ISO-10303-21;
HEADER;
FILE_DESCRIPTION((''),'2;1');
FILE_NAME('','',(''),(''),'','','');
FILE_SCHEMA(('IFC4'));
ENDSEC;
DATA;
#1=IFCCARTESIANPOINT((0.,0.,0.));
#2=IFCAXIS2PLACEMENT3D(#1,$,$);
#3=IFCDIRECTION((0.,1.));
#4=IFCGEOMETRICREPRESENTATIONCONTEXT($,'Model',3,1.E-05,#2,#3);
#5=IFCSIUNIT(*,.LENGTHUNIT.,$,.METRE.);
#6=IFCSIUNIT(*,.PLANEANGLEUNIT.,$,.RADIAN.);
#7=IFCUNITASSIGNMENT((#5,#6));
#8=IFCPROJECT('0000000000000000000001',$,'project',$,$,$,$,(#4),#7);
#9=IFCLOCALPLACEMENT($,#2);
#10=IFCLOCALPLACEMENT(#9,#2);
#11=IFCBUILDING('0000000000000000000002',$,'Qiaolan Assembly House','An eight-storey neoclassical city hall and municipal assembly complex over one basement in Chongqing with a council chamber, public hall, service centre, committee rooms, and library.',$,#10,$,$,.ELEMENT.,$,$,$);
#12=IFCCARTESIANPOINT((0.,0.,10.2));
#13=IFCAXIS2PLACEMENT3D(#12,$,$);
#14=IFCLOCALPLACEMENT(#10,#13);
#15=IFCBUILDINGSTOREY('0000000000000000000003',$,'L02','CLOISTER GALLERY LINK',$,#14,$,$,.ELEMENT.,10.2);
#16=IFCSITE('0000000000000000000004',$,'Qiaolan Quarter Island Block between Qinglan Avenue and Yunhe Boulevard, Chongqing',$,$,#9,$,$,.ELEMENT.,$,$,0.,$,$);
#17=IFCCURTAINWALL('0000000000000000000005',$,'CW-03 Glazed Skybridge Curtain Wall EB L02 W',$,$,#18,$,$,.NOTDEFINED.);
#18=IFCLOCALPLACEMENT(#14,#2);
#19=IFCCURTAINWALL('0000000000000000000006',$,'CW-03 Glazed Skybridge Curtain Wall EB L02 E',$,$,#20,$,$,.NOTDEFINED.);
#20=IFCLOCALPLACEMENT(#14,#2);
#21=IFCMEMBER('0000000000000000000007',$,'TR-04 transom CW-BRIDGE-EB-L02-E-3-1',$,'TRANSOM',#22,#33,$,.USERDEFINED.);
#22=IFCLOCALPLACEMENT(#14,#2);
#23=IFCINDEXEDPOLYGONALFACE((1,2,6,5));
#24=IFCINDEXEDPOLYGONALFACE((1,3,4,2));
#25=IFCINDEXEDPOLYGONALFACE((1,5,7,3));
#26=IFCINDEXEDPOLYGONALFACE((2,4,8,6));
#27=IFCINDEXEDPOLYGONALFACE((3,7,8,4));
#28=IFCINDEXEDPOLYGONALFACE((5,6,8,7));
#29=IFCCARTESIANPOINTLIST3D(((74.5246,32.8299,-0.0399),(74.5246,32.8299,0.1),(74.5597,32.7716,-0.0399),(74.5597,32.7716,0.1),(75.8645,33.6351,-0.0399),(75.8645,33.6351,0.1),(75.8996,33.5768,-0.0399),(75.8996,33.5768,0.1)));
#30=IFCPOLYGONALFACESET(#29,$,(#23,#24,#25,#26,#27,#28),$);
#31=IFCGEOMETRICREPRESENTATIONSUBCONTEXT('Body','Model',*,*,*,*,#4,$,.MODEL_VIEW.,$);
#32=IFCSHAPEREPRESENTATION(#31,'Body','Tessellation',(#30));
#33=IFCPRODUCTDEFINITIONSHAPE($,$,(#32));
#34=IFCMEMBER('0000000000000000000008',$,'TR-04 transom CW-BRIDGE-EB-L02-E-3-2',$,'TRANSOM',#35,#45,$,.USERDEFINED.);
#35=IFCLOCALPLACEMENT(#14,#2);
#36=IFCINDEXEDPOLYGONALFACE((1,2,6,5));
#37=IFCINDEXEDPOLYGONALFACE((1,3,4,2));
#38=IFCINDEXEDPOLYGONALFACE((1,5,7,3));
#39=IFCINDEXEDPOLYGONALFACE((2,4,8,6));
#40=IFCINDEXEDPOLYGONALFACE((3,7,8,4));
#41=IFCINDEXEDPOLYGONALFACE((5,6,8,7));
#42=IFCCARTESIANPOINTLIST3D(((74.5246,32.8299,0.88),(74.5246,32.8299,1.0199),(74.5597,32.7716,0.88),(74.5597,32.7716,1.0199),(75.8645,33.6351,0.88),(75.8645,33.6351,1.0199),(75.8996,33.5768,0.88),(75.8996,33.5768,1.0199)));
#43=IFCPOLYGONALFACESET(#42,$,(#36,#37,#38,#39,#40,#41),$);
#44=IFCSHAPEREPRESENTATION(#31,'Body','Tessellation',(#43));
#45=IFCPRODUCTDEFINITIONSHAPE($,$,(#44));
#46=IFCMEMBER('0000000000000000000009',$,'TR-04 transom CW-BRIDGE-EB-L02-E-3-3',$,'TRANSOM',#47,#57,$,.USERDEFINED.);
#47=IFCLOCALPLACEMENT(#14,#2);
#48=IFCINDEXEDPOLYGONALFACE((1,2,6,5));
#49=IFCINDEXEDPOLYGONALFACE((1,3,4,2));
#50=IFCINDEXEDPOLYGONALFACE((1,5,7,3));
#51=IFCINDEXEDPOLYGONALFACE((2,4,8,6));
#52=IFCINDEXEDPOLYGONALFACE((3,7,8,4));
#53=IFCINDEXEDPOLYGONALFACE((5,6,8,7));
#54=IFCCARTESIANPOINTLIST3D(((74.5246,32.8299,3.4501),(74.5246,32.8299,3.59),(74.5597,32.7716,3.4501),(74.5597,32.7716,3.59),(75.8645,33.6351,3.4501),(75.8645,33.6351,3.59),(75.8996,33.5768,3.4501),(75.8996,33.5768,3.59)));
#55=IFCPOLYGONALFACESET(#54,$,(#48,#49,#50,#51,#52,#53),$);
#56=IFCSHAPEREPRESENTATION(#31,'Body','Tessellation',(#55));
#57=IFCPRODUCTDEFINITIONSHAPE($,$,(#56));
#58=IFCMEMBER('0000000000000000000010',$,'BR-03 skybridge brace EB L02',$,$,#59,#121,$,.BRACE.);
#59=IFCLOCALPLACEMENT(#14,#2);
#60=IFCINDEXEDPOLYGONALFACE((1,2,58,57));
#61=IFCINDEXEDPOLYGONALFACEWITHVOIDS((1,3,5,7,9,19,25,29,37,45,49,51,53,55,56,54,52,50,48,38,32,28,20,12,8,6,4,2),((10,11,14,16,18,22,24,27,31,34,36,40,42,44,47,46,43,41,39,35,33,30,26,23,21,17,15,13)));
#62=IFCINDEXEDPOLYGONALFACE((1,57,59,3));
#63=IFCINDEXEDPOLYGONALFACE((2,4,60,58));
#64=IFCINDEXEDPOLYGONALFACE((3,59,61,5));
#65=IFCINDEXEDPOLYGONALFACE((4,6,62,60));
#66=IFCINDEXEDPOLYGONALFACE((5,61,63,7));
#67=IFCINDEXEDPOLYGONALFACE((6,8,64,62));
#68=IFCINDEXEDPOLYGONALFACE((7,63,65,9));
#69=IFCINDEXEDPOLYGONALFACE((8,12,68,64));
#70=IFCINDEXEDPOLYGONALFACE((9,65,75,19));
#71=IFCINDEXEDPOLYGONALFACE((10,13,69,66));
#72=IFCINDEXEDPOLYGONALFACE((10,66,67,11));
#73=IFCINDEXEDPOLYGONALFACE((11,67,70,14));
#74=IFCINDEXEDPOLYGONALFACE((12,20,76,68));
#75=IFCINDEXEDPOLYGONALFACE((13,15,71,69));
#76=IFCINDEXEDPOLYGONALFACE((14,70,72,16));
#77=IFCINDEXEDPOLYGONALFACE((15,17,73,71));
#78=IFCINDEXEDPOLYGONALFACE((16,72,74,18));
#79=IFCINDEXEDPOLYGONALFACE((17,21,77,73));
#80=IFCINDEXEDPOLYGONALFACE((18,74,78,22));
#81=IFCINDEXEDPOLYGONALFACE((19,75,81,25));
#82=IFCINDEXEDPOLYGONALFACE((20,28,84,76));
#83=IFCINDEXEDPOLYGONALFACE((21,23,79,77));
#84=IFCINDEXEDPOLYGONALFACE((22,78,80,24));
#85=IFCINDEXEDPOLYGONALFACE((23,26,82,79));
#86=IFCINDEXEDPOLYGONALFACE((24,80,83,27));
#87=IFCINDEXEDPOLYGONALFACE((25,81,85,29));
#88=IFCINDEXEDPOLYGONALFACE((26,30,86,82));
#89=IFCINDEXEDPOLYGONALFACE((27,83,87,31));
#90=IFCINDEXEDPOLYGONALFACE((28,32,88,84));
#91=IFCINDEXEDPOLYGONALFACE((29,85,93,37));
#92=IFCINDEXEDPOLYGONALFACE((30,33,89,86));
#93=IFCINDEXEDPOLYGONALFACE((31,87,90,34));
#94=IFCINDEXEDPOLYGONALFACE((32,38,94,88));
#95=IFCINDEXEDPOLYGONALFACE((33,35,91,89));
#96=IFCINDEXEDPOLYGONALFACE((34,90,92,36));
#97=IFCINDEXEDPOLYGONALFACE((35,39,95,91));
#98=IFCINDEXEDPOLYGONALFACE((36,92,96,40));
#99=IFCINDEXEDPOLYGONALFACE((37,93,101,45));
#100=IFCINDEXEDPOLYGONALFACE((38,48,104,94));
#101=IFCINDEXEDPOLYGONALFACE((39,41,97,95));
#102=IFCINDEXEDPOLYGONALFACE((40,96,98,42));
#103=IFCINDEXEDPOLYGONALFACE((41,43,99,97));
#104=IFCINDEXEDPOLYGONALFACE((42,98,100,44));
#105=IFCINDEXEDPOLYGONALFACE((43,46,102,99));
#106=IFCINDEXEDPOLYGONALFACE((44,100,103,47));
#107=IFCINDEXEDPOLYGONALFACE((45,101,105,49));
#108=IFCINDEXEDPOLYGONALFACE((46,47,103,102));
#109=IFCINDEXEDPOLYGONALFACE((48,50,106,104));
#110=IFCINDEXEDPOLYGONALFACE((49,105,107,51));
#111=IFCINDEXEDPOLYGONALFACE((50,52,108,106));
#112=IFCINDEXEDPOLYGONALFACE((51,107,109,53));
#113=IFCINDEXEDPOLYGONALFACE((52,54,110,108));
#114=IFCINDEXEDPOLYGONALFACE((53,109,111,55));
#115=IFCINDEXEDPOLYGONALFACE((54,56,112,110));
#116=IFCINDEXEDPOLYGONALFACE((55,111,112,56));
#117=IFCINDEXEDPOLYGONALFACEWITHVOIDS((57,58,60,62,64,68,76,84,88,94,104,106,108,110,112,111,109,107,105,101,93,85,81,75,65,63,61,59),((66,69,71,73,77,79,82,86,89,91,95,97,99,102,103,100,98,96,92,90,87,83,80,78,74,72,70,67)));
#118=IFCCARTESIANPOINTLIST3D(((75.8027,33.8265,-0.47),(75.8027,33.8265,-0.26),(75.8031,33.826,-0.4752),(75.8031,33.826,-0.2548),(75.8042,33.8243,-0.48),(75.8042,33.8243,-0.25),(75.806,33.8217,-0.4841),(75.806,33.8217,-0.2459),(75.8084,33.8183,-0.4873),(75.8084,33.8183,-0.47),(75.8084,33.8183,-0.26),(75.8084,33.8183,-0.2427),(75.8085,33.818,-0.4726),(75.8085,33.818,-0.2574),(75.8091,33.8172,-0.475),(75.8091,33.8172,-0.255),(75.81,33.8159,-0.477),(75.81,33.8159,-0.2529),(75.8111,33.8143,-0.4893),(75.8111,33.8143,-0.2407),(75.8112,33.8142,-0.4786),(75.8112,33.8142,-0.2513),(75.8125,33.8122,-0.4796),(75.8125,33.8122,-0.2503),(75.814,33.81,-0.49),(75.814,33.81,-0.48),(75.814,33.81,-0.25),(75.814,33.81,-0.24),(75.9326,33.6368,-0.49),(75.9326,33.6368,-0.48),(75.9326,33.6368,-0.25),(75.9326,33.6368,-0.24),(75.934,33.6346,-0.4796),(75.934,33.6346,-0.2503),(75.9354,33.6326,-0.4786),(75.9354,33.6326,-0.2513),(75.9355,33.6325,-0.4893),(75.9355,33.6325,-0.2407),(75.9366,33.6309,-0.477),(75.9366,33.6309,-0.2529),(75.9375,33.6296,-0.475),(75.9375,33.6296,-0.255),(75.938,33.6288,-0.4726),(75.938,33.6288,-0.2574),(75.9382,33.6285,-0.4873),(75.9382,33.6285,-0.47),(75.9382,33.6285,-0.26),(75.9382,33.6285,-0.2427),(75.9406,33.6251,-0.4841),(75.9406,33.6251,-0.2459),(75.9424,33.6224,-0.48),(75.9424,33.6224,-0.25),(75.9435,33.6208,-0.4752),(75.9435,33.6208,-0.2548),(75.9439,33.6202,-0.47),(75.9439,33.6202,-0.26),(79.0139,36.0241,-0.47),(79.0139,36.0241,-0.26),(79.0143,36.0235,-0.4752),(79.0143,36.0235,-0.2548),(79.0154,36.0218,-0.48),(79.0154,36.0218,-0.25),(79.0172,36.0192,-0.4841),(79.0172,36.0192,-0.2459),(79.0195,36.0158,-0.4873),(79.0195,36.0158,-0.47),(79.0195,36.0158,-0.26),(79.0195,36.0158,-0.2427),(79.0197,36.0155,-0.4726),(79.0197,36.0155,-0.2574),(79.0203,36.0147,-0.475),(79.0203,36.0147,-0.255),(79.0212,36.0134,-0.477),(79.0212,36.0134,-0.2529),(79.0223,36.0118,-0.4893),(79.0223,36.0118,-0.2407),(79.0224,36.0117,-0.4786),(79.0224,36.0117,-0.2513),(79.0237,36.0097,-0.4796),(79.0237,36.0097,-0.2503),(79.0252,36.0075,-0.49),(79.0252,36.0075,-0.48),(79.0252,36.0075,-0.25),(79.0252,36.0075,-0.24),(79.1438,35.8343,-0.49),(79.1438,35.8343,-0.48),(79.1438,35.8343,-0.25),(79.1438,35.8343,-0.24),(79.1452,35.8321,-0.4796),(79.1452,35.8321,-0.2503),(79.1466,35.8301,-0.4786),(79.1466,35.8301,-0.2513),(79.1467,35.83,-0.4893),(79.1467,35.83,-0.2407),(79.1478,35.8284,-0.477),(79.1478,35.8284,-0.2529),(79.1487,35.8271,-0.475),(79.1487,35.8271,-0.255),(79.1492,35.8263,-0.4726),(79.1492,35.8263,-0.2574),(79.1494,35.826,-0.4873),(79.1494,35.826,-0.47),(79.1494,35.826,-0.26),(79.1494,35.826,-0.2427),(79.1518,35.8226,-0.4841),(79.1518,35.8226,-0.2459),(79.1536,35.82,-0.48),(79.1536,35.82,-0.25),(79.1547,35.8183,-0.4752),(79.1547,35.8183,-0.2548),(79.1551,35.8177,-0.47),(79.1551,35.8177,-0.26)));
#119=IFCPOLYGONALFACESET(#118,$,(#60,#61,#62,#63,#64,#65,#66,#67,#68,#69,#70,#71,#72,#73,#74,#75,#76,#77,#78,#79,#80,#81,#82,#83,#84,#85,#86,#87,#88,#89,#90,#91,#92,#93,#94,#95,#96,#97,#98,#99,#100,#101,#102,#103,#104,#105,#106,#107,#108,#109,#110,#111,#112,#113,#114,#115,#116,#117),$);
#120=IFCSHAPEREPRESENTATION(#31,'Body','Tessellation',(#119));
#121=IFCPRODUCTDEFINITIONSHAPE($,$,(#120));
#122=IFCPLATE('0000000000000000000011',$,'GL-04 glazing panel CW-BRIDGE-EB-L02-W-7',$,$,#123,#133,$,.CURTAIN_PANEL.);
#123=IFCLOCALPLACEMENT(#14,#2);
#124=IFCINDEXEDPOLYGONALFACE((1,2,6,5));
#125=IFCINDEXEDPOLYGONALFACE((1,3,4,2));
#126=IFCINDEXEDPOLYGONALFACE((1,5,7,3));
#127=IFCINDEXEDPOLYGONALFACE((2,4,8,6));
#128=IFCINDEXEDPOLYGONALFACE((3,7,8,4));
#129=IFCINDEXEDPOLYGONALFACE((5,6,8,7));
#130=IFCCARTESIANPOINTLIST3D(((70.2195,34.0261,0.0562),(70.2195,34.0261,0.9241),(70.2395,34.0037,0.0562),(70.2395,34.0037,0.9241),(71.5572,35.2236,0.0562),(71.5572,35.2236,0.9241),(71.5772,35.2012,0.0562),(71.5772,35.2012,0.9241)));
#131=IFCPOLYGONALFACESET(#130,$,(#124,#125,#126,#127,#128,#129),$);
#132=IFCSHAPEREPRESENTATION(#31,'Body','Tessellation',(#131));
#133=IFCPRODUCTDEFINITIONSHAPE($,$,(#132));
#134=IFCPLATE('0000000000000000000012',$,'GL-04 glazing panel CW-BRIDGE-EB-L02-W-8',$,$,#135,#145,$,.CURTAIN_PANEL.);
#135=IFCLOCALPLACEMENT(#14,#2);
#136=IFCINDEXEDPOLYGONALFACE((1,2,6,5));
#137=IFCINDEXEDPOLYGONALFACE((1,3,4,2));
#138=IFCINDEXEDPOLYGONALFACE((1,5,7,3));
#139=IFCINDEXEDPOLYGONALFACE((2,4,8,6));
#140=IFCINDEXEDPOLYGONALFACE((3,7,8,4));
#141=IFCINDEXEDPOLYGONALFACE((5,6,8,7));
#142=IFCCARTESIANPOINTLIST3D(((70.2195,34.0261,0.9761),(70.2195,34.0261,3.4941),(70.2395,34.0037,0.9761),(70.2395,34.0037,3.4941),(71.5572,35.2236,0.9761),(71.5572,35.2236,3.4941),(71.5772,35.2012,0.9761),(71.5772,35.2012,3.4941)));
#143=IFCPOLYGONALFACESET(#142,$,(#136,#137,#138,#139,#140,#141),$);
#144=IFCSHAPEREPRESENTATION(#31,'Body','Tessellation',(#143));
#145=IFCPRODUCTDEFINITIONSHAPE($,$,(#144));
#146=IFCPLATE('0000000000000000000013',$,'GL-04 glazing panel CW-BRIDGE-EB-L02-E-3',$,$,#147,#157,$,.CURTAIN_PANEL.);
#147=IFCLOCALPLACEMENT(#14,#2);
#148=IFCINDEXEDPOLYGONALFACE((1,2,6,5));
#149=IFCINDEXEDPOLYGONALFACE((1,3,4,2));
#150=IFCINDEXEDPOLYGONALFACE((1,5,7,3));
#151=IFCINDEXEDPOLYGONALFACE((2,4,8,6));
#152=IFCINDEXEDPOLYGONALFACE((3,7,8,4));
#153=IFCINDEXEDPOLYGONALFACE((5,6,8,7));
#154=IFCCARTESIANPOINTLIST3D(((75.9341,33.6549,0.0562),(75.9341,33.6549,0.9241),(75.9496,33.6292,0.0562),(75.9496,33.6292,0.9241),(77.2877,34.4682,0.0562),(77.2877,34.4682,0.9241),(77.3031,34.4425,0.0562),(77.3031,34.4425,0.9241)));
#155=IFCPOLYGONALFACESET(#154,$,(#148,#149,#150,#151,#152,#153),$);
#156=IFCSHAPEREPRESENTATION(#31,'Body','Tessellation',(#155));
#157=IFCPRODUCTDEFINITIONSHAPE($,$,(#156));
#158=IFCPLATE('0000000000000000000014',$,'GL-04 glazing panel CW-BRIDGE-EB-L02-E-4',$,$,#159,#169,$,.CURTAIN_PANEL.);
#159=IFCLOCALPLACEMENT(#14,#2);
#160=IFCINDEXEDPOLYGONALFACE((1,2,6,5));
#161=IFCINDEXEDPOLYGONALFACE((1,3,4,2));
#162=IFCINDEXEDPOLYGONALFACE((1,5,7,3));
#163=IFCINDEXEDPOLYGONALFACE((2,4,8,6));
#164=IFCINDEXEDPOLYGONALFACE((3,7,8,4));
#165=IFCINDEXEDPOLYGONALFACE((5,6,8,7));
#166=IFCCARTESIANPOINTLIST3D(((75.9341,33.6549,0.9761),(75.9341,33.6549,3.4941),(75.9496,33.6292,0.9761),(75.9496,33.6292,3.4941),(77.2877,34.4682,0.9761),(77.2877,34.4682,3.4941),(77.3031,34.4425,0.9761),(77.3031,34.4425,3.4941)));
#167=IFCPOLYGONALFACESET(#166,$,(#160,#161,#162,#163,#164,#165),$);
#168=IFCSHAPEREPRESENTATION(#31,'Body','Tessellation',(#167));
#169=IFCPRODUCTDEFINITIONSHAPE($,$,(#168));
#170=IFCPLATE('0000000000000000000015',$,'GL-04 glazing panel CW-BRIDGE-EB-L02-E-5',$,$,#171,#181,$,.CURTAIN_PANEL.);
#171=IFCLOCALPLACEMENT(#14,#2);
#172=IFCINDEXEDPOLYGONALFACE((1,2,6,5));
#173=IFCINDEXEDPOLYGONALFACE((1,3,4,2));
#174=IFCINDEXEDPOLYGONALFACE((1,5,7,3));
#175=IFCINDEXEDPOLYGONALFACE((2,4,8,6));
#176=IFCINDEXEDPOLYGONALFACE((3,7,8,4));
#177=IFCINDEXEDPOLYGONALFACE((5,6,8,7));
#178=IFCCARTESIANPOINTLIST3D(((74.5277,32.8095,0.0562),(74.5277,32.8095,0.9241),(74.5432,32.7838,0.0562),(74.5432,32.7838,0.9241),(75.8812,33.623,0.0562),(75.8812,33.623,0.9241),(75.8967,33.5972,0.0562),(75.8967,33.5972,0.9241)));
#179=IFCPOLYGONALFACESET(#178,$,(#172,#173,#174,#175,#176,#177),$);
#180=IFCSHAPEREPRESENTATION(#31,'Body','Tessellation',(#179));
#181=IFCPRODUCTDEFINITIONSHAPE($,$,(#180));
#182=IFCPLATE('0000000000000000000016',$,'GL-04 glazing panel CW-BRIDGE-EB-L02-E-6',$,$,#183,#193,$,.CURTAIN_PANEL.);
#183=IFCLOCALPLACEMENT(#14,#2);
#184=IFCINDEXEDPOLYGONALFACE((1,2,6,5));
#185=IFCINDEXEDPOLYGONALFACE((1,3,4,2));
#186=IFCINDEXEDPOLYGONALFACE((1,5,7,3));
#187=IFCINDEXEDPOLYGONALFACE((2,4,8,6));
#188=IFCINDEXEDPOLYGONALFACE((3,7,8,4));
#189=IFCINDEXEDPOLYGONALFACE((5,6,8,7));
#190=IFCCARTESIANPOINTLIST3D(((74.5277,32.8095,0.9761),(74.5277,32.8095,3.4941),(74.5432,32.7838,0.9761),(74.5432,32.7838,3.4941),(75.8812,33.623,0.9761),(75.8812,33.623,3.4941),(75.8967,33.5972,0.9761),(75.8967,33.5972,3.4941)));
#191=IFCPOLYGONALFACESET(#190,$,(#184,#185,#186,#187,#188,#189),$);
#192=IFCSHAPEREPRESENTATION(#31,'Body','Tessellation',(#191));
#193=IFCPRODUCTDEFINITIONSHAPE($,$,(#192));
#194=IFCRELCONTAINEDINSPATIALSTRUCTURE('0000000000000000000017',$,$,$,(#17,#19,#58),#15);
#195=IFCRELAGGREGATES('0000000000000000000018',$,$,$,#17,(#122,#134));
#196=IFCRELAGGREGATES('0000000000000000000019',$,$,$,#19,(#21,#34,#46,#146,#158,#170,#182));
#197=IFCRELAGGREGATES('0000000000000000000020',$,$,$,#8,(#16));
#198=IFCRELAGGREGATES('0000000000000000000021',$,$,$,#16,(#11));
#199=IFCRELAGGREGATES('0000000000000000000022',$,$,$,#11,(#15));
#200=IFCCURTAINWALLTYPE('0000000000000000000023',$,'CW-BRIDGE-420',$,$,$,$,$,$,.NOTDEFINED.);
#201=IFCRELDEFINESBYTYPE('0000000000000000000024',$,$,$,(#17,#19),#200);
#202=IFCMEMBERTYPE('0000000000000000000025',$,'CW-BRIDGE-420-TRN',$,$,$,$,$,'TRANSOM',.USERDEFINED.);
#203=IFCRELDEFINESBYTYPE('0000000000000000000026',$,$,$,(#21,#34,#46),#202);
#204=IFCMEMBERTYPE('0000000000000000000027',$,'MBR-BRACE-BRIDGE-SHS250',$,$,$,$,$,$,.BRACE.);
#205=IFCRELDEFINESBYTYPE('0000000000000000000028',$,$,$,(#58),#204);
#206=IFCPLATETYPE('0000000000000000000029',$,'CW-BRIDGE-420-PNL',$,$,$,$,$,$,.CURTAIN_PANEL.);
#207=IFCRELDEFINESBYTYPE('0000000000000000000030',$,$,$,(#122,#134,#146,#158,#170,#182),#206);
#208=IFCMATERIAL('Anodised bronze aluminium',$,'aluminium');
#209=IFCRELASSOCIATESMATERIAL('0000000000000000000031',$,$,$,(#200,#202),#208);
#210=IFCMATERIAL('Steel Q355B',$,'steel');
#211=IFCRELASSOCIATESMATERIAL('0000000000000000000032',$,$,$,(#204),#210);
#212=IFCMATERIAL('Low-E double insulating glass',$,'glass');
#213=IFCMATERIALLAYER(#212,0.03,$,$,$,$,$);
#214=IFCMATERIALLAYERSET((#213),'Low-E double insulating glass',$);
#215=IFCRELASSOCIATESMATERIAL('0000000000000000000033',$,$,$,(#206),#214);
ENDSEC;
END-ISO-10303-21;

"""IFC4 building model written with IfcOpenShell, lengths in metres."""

from ifc_helpers import new_model, si_unit, direction, frame, frame_2d, origin, origin_2d, place, context, subcontext, project, spatial, rectangle, hollow_rectangle, extrude, material, layer, layer_set, material_profile, profile_set, type_object, element, aggregate, save


model = new_model("IFC4")

# Units and contexts
model_context = context("Model", 3, precision=1e-05, world=origin(), true_north=direction((0.0, 1.0)))
body_context = subcontext(model_context, "Body", "Model", "MODEL_VIEW")
ifc_project = project(units=[si_unit("LENGTHUNIT", "METRE"), si_unit("PLANEANGLEUNIT", "RADIAN")], contexts=[model_context])

# Site, building, storey
site_placement = place(None, origin())
site = spatial("IfcSite", under=ifc_project, at=site_placement, Name="Qiaolan Quarter Island Block between Qinglan Avenue and Yunhe Boulevard, Chongqing", CompositionType="ELEMENT", RefElevation=0.0)
building_placement = place(site_placement, origin())
building = spatial("IfcBuilding", under=site, at=building_placement, Name="Qiaolan Assembly House", Description="An eight-storey neoclassical city hall and municipal assembly complex over one basement in Chongqing with a council chamber, public hall, service centre, committee rooms, and library.", CompositionType="ELEMENT")
storey_placement = place(building_placement, frame((0.0, 0.0, 10.2)))
storey = spatial("IfcBuildingStorey", under=building, at=storey_placement, Name="L02", Description="CLOISTER GALLERY LINK", CompositionType="ELEMENT", Elevation=10.2)

# Shared definitions
ifc_material_1 = material(Name="Steel Q355B", Category="steel")

# Curtain wall
ifc_material_2 = material(Name="Anodised bronze aluminium", Category="aluminium")
curtain_wall_type = type_object("IfcCurtainWallType", Name="CW-BRIDGE-420", PredefinedType="NOTDEFINED", material=ifc_material_2)
curtain_wall_1_placement = place(storey_placement, origin())
curtain_wall_1 = element("IfcCurtainWall", 1, at=curtain_wall_1_placement, inside=storey, type_object=curtain_wall_type, Name="CW-03 Glazed Skybridge Curtain Wall EB L02 W", PredefinedType="NOTDEFINED")

# Curtain wall
curtain_wall_2_placement = place(storey_placement, origin())
curtain_wall_2 = element("IfcCurtainWall", 2, at=curtain_wall_2_placement, inside=storey, type_object=curtain_wall_type, Name="CW-03 Glazed Skybridge Curtain Wall EB L02 E", PredefinedType="NOTDEFINED")

# Members
ifc_material_profile_1 = material_profile(ifc_material_2, rectangle(XDim=0.0681, YDim=0.1399, at=origin_2d()), Name="TRN 68x140")
ifc_profile_set_1 = profile_set([ifc_material_profile_1], Name="Anodised bronze aluminium")
member_type_1 = type_object("IfcMemberType", Name="CW-BRIDGE-420-TRN", ElementType="TRANSOM", PredefinedType="USERDEFINED", material=ifc_profile_set_1)
member_1_placement = place(storey_placement, frame((75.8821, 33.606, 0.03), z_axis=(-0.857134, -0.515093, 0.0), x_axis=(0.515093, -0.857134, 0.0)))
member_1 = element("IfcMember", 3, at=member_1_placement, type_object=member_type_1, Name="TR-04 transom CW-BRIDGE-EB-L02-E-3-1", ObjectType="TRANSOM", PredefinedType="USERDEFINED", context=body_context, shape_type="SweptSolid", body=[
    extrude(rectangle(XDim=0.0681, YDim=0.1399, at=origin_2d()), origin(), (0.0, 0.0, 1.0), 1.5632),
])
member_2_placement = place(storey_placement, frame((75.8821, 33.606, 0.95), z_axis=(-0.857134, -0.515093, 0.0), x_axis=(0.515093, -0.857134, 0.0)))
member_2 = element("IfcMember", 4, at=member_2_placement, type_object=member_type_1, Name="TR-04 transom CW-BRIDGE-EB-L02-E-3-2", ObjectType="TRANSOM", PredefinedType="USERDEFINED", context=body_context, shape_type="SweptSolid", body=[
    extrude(rectangle(XDim=0.0681, YDim=0.1399, at=origin_2d()), origin(), (0.0, 0.0, 1.0), 1.5632),
])
member_3_placement = place(storey_placement, frame((75.8821, 33.606, 3.52), z_axis=(-0.857134, -0.515093, 0.0), x_axis=(0.515093, -0.857134, 0.0)))
member_3 = element("IfcMember", 5, at=member_3_placement, type_object=member_type_1, Name="TR-04 transom CW-BRIDGE-EB-L02-E-3-3", ObjectType="TRANSOM", PredefinedType="USERDEFINED", context=body_context, shape_type="SweptSolid", body=[
    extrude(rectangle(XDim=0.0681, YDim=0.1399, at=origin_2d()), origin(), (0.0, 0.0, 1.0), 1.5632),
])
ifc_material_profile_2 = material_profile(ifc_material_1, hollow_rectangle(XDim=0.25, YDim=0.25, WallThickness=0.01, InnerFilletRadius=0.01, OuterFilletRadius=0.02, at=origin_2d()), Name="SHS 250x250x10")
ifc_profile_set_2 = profile_set([ifc_material_profile_2], Name="Steel Q355B")
member_type_2 = type_object("IfcMemberType", Name="MBR-BRACE-BRIDGE-SHS250", PredefinedType="BRACE", material=ifc_profile_set_2)
member_4_placement = place(storey_placement, frame((75.8733, 33.7234, -0.365), z_axis=(0.825261, 0.564751, 0.0), x_axis=(-0.564751, 0.825261, 0.0)))
element("IfcMember", 6, at=member_4_placement, inside=storey, type_object=member_type_2, Name="BR-03 skybridge brace EB L02", PredefinedType="BRACE", context=body_context, shape_type="SweptSolid", body=[
    extrude(hollow_rectangle(XDim=0.25, YDim=0.25, WallThickness=0.01, InnerFilletRadius=0.01, OuterFilletRadius=0.02, at=origin_2d()), origin(), (0.0, 0.0, 1.0), 3.8911),
])

# Plates
ifc_material_3 = material(Name="Low-E double insulating glass", Category="glass")
ifc_layer_1 = layer(ifc_material_3, 0.03)
ifc_layer_set_1 = layer_set([ifc_layer_1], Name="Low-E double insulating glass")
plate_type_1 = type_object("IfcPlateType", Name="CW-BRIDGE-420-PNL", PredefinedType="CURTAIN_PANEL", material=ifc_layer_set_1)
plate_1_placement = place(storey_placement, frame((70.2295, 34.0149, 0.0562), z_axis=(0.0, 0.0, 1.0), x_axis=(0.745056, 0.667002, 0.0)))
plate_1 = element("IfcPlate", 7, at=plate_1_placement, type_object=plate_type_1, Name="GL-04 glazing panel CW-BRIDGE-EB-L02-W-7", PredefinedType="CURTAIN_PANEL", context=body_context, shape_type="SweptSolid", body=[
    extrude(rectangle(XDim=1.7954, YDim=0.03, at=frame_2d((0.8977, 0.0))), origin(), (0.0, 0.0, 1.0), 0.8679),
])
plate_2_placement = place(storey_placement, frame((70.2295, 34.0149, 0.9761), z_axis=(0.0, 0.0, 1.0), x_axis=(0.745056, 0.667002, 0.0)))
plate_2 = element("IfcPlate", 8, at=plate_2_placement, type_object=plate_type_1, Name="GL-04 glazing panel CW-BRIDGE-EB-L02-W-8", PredefinedType="CURTAIN_PANEL", context=body_context, shape_type="SweptSolid", body=[
    extrude(rectangle(XDim=1.7954, YDim=0.03, at=frame_2d((0.8977, 0.0))), origin(), (0.0, 0.0, 1.0), 2.5181),
])
aggregate(curtain_wall_1, [plate_1, plate_2])
plate_3_placement = place(storey_placement, frame((77.2954, 34.4553, 0.0562), z_axis=(0.0, 0.0, 1.0), x_axis=(-0.857179, -0.515019, 0.0)))
plate_3 = element("IfcPlate", 9, at=plate_3_placement, type_object=plate_type_1, Name="GL-04 glazing panel CW-BRIDGE-EB-L02-E-3", PredefinedType="CURTAIN_PANEL", context=body_context, shape_type="SweptSolid", body=[
    extrude(rectangle(XDim=1.5791, YDim=0.03, at=frame_2d((0.7896, 0.0))), origin(), (0.0, 0.0, 1.0), 0.8679),
])
plate_4_placement = place(storey_placement, frame((77.2954, 34.4553, 0.9761), z_axis=(0.0, 0.0, 1.0), x_axis=(-0.857179, -0.515019, 0.0)))
plate_4 = element("IfcPlate", 10, at=plate_4_placement, type_object=plate_type_1, Name="GL-04 glazing panel CW-BRIDGE-EB-L02-E-4", PredefinedType="CURTAIN_PANEL", context=body_context, shape_type="SweptSolid", body=[
    extrude(rectangle(XDim=1.5791, YDim=0.03, at=frame_2d((0.7896, 0.0))), origin(), (0.0, 0.0, 1.0), 2.5181),
])
plate_5_placement = place(storey_placement, frame((75.8889, 33.6101, 0.0562), z_axis=(0.0, 0.0, 1.0), x_axis=(-0.857111, -0.515132, 0.0)))
plate_5 = element("IfcPlate", 11, at=plate_5_placement, type_object=plate_type_1, Name="GL-04 glazing panel CW-BRIDGE-EB-L02-E-5", PredefinedType="CURTAIN_PANEL", context=body_context, shape_type="SweptSolid", body=[
    extrude(rectangle(XDim=1.5791, YDim=0.03, at=frame_2d((0.7896, 0.0))), origin(), (0.0, 0.0, 1.0), 0.8679),
])
plate_6_placement = place(storey_placement, frame((75.8889, 33.6101, 0.9761), z_axis=(0.0, 0.0, 1.0), x_axis=(-0.857111, -0.515132, 0.0)))
plate_6 = element("IfcPlate", 12, at=plate_6_placement, type_object=plate_type_1, Name="GL-04 glazing panel CW-BRIDGE-EB-L02-E-6", PredefinedType="CURTAIN_PANEL", context=body_context, shape_type="SweptSolid", body=[
    extrude(rectangle(XDim=1.5791, YDim=0.03, at=frame_2d((0.7896, 0.0))), origin(), (0.0, 0.0, 1.0), 2.5181),
])
aggregate(curtain_wall_2, [member_1, member_2, member_3, plate_3, plate_4, plate_5, plate_6])

save(model, "model.ifc")
